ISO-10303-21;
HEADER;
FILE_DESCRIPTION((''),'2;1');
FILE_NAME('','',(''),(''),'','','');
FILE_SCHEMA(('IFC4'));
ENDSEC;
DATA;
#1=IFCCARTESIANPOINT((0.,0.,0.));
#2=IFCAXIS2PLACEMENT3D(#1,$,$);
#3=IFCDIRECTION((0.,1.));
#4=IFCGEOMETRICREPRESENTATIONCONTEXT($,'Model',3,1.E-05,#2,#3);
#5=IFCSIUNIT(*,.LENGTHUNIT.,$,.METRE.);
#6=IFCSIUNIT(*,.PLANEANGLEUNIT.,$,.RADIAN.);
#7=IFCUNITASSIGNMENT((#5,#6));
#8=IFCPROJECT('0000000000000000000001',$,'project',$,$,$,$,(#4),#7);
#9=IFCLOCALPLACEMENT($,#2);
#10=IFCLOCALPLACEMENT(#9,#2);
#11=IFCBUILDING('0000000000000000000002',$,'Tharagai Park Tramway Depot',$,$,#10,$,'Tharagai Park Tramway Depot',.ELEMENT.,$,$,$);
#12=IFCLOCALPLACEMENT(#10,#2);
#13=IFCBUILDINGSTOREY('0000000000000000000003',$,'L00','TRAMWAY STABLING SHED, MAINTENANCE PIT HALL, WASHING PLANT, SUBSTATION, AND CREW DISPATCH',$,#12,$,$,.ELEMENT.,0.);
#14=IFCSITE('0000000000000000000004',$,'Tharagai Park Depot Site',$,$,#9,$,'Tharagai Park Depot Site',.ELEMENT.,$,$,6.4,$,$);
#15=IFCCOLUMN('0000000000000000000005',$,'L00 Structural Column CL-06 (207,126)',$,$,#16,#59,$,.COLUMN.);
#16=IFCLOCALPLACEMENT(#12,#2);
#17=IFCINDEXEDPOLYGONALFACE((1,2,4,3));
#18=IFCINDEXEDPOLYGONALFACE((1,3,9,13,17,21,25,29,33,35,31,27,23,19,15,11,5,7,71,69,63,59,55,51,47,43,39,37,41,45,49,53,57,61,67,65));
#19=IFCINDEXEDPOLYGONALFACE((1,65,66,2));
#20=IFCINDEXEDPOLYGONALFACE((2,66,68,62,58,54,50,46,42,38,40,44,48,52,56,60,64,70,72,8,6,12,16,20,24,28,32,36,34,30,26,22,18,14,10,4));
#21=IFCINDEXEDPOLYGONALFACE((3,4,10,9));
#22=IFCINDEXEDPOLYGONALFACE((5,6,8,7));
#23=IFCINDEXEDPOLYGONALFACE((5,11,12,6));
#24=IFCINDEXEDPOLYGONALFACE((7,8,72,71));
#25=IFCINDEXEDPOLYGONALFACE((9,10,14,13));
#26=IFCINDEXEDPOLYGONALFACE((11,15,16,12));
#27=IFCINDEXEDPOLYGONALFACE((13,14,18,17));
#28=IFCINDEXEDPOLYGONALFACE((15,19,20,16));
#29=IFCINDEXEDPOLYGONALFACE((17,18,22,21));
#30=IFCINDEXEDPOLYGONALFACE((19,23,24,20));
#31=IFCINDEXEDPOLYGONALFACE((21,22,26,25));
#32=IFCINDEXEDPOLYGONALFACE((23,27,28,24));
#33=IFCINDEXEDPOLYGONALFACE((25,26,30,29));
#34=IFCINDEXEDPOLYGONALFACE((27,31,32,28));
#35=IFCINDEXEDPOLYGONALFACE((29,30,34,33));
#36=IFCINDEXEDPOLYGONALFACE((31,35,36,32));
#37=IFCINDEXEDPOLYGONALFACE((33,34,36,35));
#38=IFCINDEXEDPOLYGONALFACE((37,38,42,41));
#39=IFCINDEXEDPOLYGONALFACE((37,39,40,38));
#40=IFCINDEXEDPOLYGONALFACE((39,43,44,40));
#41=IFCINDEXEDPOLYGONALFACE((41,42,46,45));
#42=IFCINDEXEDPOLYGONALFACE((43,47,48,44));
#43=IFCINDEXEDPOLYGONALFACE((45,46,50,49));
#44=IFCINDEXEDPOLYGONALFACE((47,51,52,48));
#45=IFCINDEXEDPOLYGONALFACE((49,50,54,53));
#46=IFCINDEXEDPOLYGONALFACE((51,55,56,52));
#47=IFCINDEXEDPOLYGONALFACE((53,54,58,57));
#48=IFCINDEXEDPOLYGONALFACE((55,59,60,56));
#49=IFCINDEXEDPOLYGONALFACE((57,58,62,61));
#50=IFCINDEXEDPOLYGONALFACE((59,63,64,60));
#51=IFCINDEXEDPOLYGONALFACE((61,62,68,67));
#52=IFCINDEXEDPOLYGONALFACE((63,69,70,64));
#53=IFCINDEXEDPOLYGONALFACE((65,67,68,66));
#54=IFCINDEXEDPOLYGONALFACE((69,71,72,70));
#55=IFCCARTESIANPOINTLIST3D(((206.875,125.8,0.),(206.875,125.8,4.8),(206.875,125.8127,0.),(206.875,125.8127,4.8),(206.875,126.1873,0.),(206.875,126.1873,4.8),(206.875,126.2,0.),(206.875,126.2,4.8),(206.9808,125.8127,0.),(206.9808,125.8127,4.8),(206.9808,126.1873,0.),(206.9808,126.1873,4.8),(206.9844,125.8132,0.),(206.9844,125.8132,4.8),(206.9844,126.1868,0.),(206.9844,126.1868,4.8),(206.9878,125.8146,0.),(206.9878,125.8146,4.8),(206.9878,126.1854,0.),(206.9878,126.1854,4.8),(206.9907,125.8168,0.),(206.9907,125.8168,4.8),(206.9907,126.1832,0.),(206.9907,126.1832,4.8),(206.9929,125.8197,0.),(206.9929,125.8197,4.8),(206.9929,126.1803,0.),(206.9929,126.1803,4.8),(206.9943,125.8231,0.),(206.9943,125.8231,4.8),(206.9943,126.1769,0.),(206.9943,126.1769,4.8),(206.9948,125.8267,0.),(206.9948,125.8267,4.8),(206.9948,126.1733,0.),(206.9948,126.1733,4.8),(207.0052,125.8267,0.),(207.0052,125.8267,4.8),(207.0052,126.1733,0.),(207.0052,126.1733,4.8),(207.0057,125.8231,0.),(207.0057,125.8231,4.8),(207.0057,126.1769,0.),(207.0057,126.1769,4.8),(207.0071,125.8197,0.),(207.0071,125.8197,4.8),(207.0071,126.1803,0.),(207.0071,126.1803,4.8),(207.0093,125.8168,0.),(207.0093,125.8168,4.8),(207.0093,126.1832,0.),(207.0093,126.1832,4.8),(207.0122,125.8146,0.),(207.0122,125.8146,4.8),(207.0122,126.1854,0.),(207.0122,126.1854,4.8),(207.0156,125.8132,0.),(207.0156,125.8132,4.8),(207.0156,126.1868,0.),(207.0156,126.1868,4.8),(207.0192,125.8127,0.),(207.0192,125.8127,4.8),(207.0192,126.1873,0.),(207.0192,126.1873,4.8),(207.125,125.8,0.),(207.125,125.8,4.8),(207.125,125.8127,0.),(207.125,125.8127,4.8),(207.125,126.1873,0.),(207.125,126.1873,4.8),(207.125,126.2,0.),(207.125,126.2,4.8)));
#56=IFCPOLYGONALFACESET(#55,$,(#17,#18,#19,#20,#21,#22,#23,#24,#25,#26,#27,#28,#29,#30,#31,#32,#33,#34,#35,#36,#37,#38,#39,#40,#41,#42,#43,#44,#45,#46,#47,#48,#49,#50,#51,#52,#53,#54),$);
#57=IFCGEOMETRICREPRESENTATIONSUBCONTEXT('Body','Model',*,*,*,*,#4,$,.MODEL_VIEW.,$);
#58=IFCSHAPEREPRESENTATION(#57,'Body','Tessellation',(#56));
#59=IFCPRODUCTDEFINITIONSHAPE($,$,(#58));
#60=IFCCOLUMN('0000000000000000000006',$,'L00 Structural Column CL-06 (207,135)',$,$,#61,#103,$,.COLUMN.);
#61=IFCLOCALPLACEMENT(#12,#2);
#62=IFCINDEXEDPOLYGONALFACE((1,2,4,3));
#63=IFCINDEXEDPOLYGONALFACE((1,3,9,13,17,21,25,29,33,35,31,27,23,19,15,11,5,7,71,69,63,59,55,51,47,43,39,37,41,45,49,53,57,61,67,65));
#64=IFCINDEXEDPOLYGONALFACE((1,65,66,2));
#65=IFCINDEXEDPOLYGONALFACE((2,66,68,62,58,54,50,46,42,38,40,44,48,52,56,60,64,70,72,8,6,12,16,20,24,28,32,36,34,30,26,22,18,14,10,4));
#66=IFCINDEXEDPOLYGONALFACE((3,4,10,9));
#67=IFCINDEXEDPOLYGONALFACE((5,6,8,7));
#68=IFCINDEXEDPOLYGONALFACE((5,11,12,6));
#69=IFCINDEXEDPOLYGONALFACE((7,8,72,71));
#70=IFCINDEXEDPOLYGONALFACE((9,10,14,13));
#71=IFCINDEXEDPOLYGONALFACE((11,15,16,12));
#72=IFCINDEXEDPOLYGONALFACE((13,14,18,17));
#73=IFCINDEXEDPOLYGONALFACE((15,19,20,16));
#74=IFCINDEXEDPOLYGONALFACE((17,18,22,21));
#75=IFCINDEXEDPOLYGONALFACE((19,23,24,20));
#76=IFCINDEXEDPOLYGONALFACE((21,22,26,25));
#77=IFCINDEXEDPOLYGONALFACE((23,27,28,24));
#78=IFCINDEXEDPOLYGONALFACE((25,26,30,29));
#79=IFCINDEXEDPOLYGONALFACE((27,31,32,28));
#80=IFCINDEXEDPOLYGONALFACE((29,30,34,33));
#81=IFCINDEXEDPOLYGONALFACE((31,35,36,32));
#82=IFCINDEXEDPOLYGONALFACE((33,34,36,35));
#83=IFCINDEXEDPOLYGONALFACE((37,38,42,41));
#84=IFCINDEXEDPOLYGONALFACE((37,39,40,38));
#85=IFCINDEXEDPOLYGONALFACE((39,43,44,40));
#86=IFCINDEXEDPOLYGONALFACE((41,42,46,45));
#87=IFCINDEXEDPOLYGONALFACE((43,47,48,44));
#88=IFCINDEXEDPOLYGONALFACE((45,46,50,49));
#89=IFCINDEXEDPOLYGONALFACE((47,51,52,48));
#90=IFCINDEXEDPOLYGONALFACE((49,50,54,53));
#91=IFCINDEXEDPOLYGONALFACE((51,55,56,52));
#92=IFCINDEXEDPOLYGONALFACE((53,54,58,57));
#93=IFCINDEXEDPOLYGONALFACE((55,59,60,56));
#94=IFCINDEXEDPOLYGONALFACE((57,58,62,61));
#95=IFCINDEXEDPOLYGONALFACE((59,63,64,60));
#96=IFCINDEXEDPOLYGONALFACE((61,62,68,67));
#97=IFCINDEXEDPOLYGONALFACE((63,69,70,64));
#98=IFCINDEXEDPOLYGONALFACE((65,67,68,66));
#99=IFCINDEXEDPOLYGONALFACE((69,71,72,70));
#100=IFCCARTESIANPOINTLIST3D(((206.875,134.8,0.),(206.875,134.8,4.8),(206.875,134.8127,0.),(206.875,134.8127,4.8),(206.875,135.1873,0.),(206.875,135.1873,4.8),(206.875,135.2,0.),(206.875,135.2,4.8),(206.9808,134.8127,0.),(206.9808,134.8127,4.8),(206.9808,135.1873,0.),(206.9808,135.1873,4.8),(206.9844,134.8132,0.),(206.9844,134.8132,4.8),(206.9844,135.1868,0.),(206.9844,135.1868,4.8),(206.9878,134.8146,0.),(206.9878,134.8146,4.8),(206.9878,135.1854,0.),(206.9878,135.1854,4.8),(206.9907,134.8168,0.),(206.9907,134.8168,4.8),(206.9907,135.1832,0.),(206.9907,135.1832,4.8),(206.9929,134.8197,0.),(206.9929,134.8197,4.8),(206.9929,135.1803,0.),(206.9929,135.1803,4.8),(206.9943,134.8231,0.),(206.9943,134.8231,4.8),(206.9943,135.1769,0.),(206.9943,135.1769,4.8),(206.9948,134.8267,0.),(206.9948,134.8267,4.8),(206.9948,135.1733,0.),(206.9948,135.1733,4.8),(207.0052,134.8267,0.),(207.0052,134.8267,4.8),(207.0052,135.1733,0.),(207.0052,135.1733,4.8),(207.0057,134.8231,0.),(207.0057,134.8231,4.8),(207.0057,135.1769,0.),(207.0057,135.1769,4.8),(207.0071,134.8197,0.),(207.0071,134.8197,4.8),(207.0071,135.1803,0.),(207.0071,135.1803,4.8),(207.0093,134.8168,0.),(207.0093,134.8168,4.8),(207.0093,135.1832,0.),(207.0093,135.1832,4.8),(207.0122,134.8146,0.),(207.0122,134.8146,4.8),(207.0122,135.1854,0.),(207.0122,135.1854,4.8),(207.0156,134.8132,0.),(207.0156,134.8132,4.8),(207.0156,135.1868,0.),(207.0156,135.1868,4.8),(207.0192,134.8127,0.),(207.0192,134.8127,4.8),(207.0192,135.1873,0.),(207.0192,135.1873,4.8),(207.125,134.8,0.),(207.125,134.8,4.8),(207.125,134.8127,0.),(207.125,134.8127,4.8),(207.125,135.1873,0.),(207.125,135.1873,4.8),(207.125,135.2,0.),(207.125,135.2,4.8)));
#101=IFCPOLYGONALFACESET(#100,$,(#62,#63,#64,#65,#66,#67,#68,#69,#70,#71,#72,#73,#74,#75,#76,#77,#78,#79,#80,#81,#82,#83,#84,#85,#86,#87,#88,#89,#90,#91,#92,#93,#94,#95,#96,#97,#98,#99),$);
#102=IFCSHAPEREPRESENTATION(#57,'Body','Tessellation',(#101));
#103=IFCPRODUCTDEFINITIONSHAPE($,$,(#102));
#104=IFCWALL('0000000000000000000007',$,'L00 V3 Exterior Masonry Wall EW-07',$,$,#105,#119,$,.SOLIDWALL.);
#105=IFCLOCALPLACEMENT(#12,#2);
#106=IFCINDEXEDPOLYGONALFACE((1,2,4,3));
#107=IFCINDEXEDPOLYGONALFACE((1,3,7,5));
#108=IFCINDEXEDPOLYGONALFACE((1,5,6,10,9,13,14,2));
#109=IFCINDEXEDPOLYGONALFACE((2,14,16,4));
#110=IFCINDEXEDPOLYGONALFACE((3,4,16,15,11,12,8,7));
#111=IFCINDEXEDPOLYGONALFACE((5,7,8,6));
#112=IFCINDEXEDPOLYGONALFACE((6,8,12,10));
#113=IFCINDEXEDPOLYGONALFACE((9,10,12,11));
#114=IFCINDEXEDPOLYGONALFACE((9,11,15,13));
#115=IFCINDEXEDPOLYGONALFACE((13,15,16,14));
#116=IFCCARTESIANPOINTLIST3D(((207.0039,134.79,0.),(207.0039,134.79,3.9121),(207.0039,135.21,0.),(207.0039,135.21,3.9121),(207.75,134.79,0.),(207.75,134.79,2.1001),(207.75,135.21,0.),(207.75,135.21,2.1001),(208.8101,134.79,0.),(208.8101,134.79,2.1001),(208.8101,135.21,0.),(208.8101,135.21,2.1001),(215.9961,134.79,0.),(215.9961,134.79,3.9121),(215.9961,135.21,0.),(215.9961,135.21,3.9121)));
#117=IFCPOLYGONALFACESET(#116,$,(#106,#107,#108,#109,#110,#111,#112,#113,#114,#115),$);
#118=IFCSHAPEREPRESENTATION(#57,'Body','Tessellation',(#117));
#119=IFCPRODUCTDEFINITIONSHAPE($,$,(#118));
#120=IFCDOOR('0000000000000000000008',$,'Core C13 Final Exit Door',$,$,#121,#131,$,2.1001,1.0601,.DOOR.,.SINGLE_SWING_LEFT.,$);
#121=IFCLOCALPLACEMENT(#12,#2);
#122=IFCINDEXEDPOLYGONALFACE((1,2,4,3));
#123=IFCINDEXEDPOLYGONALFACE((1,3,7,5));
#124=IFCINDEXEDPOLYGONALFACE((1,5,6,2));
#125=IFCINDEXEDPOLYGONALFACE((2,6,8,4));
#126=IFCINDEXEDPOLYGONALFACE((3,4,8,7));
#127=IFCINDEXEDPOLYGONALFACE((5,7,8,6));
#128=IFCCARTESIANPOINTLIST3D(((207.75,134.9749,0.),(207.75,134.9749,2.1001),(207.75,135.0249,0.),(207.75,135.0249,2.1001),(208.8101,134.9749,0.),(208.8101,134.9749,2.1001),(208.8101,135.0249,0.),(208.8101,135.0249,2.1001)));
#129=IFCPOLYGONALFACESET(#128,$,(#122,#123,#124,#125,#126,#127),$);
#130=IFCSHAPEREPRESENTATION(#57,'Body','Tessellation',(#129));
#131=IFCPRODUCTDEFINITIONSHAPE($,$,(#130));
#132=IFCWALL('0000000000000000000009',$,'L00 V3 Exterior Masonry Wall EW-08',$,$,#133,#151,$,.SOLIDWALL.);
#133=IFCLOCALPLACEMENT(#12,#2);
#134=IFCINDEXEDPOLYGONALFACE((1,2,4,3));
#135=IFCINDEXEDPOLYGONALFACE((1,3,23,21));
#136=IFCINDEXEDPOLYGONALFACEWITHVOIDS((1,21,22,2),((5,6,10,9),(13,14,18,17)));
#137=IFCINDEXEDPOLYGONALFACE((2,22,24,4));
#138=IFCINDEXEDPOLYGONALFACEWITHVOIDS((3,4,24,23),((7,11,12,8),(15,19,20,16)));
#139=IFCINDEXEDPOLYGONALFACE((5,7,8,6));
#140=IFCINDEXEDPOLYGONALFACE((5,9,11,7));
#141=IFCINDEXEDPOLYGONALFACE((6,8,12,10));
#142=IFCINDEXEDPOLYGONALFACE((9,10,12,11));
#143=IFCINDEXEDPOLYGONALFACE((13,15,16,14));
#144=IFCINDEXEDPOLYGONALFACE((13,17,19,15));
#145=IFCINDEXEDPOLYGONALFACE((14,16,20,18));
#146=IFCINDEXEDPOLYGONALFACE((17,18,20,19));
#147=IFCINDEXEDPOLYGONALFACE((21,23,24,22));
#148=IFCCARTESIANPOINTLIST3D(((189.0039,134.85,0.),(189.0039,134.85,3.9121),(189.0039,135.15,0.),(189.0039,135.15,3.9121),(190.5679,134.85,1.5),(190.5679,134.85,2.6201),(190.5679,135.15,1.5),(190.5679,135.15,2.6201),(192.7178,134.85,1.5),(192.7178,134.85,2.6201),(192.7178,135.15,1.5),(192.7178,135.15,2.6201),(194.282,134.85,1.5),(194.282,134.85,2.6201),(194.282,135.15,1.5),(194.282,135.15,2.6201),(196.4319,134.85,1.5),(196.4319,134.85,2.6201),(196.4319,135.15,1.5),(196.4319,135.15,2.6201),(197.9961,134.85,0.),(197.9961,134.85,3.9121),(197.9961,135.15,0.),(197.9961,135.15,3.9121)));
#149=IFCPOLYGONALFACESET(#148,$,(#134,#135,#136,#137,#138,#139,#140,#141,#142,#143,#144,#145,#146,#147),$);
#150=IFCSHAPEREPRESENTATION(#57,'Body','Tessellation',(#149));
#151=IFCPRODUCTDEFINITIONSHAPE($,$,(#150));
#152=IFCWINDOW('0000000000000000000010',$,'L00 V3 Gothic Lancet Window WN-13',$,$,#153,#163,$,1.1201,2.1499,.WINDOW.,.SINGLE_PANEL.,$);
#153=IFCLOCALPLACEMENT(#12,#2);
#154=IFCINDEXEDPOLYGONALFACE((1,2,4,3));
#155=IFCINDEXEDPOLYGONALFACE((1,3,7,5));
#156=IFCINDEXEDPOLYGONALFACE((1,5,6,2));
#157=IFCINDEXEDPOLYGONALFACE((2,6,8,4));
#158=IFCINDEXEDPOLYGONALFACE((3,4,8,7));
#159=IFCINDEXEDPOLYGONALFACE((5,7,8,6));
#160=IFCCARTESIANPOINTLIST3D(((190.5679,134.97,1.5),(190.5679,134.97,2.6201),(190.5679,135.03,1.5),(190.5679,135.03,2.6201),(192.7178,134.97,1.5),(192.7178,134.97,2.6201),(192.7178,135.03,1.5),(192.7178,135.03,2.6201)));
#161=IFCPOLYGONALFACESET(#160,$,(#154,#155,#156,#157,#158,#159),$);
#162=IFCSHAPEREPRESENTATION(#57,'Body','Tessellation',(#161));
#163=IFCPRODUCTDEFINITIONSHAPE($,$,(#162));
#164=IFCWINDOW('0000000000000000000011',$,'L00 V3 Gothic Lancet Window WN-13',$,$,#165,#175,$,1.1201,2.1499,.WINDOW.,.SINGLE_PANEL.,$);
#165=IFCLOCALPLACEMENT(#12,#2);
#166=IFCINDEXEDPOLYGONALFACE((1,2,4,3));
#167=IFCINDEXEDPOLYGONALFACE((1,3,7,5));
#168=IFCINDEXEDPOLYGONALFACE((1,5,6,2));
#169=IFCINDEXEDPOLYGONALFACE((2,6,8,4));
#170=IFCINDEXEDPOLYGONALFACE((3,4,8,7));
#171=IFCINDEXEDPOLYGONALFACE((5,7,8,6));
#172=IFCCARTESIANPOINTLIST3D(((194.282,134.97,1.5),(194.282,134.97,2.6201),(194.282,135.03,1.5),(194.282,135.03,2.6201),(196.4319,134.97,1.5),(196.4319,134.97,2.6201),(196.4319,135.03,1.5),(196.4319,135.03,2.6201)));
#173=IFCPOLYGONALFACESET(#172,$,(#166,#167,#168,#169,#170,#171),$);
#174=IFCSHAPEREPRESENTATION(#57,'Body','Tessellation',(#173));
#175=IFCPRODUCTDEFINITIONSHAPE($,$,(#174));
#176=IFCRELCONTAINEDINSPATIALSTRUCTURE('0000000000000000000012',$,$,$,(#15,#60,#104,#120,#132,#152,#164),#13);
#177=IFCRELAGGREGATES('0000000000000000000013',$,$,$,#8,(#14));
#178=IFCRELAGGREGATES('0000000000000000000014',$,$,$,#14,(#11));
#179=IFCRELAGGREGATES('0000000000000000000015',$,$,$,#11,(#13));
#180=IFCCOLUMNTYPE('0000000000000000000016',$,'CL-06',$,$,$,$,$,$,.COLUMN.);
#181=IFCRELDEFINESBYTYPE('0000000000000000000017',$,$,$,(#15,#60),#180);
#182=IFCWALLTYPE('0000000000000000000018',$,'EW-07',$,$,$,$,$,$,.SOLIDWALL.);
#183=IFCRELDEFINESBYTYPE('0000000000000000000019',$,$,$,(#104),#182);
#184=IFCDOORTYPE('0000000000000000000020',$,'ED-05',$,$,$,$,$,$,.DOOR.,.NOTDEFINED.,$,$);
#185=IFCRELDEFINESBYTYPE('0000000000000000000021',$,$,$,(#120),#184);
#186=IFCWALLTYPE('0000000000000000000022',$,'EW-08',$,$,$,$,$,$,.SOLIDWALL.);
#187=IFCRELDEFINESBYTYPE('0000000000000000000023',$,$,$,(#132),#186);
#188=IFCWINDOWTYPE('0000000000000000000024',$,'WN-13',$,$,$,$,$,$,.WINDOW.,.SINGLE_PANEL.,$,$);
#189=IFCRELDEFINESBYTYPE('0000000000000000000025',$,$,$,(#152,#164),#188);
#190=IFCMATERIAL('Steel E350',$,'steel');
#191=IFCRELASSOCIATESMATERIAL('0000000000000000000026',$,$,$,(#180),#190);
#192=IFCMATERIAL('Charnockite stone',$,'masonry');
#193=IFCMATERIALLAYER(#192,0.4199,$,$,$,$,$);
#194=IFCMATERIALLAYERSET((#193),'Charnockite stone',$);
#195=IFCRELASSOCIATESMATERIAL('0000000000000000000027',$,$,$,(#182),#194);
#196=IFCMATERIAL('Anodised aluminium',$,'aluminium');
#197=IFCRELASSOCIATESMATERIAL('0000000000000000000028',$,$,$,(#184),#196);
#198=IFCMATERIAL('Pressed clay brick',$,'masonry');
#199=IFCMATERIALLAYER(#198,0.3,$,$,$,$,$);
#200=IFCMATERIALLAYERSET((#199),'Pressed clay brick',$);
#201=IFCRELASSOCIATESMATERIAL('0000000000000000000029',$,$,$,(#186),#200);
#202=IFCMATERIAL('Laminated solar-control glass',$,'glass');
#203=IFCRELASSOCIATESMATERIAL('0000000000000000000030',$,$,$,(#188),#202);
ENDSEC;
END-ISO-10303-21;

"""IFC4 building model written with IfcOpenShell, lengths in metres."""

from ifc_helpers import new_model, si_unit, direction, frame, frame_2d, origin, origin_2d, place, context, subcontext, project, spatial, rectangle, i_section, extrude, material, layer, layer_set, material_profile, profile_set, type_object, element, fill, save


model = new_model("IFC4")

# Units and contexts
model_context = context("Model", 3, precision=1e-05, world=origin(), true_north=direction((0.0, 1.0)))
body_context = subcontext(model_context, "Body", "Model", "MODEL_VIEW")
ifc_project = project(units=[si_unit("LENGTHUNIT", "METRE"), si_unit("PLANEANGLEUNIT", "RADIAN")], contexts=[model_context])

# Site, building, storey
site_placement = place(None, origin())
site = spatial("IfcSite", under=ifc_project, at=site_placement, Name="Tharagai Park Depot Site", LongName="Tharagai Park Depot Site", CompositionType="ELEMENT", RefElevation=6.4)
building_placement = place(site_placement, origin())
building = spatial("IfcBuilding", under=site, at=building_placement, Name="Tharagai Park Tramway Depot", LongName="Tharagai Park Tramway Depot", CompositionType="ELEMENT")
storey_placement = place(building_placement, origin())
storey = spatial("IfcBuildingStorey", under=building, at=storey_placement, Name="L00", Description="TRAMWAY STABLING SHED, MAINTENANCE PIT HALL, WASHING PLANT, SUBSTATION, AND CREW DISPATCH", CompositionType="ELEMENT", Elevation=0.0)

# Columns
ifc_material_1 = material(Name="Steel E350", Category="steel")
ifc_material_profile_1 = material_profile(ifc_material_1, i_section(OverallWidth=0.25, OverallDepth=0.3999, WebThickness=0.0105, FlangeThickness=0.0127, FilletRadius=0.0139, at=origin_2d()), Name="ISHB 400")
ifc_profile_set_1 = profile_set([ifc_material_profile_1], Name="Steel E350")
column_type = type_object("IfcColumnType", Name="CL-06", PredefinedType="COLUMN", material=ifc_profile_set_1)
for number, where, z_axis, x_axis, name in (
    (1, (207.0, 126.0, 0.0), (0.0, 0.0, 1.0), (1.0, 0.0, 0.0), "L00 Structural Column CL-06 (207,126)"),
    (2, (207.0, 135.0, 0.0), (0.0, 0.0, 1.0), (1.0, 0.0, 0.0), "L00 Structural Column CL-06 (207,135)"),
):
    element("IfcColumn", number, at=place(storey_placement, frame(where, z_axis=z_axis, x_axis=x_axis)), inside=storey, type_object=column_type, Name=name, PredefinedType="COLUMN", context=body_context, shape_type="SweptSolid", body=[
        extrude(i_section(OverallWidth=0.25, OverallDepth=0.3999, WebThickness=0.0105, FlangeThickness=0.0127, FilletRadius=0.0139, at=origin_2d()), origin(), (0.0, 0.0, 1.0), 4.8),
    ])

# Wall, opening, door
ifc_material_2 = material(Name="Charnockite stone", Category="masonry")
ifc_layer_1 = layer(ifc_material_2, 0.4199)
ifc_layer_set_1 = layer_set([ifc_layer_1], Name="Charnockite stone")
wall_type_1 = type_object("IfcWallType", Name="EW-07", PredefinedType="SOLIDWALL", material=ifc_layer_set_1)
wall_1_placement = place(storey_placement, frame((207.0039, 135.0, 0.0), z_axis=(0.0, 0.0, 1.0), x_axis=(1.0, 0.0, 0.0)))
wall_1 = element("IfcWall", 3, at=wall_1_placement, inside=storey, type_object=wall_type_1, Name="L00 V3 Exterior Masonry Wall EW-07", PredefinedType="SOLIDWALL", context=body_context, shape_type="SweptSolid", body=[
    extrude(rectangle(XDim=8.9922, YDim=0.4199, at=frame_2d((4.4961, 0.0))), origin(), (0.0, 0.0, 1.0), 3.9121),
])
opening_1_placement = place(wall_1_placement, frame((0.7461, 0.0, 0.0)))
opening_1 = element("IfcOpeningElement", 4, at=opening_1_placement, cuts=wall_1, PredefinedType="OPENING", context=body_context, shape_type="SweptSolid", body=[
    extrude(rectangle(XDim=1.0601, YDim=2.1001, at=frame_2d((0.53, 1.05))), frame((0.0, 0.22, 0.0), z_axis=(0.0, -1.0, 0.0), x_axis=(1.0, 0.0, 0.0)), (0.0, 0.0, 1.0), 0.4399),
])
ifc_material_3 = material(Name="Anodised aluminium", Category="aluminium")
door_type_1 = type_object("IfcDoorType", Name="ED-05", OperationType="NOTDEFINED", PredefinedType="DOOR", material=ifc_material_3)
door_1_placement = place(opening_1_placement, origin())
door_1 = element("IfcDoor", 5, at=door_1_placement, inside=storey, type_object=door_type_1, Name="Core C13 Final Exit Door", OperationType="SINGLE_SWING_LEFT", OverallHeight=2.1001, OverallWidth=1.0601, PredefinedType="DOOR", context=body_context, shape_type="SweptSolid", body=[
    extrude(rectangle(XDim=1.0601, YDim=2.1001, at=frame_2d((0.53, 1.05))), frame((0.0, 0.0249, 0.0), z_axis=(0.0, -1.0, 0.0), x_axis=(1.0, 0.0, 0.0)), (0.0, 0.0, 1.0), 0.05),
])
fill(opening_1, door_1)

# Wall, openings, windows
ifc_material_4 = material(Name="Pressed clay brick", Category="masonry")
ifc_layer_2 = layer(ifc_material_4, 0.3)
ifc_layer_set_2 = layer_set([ifc_layer_2], Name="Pressed clay brick")
wall_type_2 = type_object("IfcWallType", Name="EW-08", PredefinedType="SOLIDWALL", material=ifc_layer_set_2)
wall_2_placement = place(storey_placement, frame((189.0039, 135.0, 0.0), z_axis=(0.0, 0.0, 1.0), x_axis=(1.0, 0.0, 0.0)))
wall_2 = element("IfcWall", 6, at=wall_2_placement, inside=storey, type_object=wall_type_2, Name="L00 V3 Exterior Masonry Wall EW-08", PredefinedType="SOLIDWALL", context=body_context, shape_type="SweptSolid", body=[
    extrude(rectangle(XDim=8.9922, YDim=0.3, at=frame_2d((4.4961, 0.0))), origin(), (0.0, 0.0, 1.0), 3.9121),
])
opening_2_placement = place(wall_2_placement, frame((1.564, 0.0, 1.5)))
opening_2 = element("IfcOpeningElement", 7, at=opening_2_placement, cuts=wall_2, PredefinedType="OPENING", context=body_context, shape_type="SweptSolid", body=[
    extrude(rectangle(XDim=2.1499, YDim=1.1201, at=frame_2d((1.075, 0.5601))), frame((0.0, 0.1599, 0.0), z_axis=(0.0, -1.0, 0.0), x_axis=(1.0, 0.0, 0.0)), (0.0, 0.0, 1.0), 0.3201),
])
opening_3_placement = place(wall_2_placement, frame((5.2781, 0.0, 1.5)))
opening_3 = element("IfcOpeningElement", 8, at=opening_3_placement, cuts=wall_2, PredefinedType="OPENING", context=body_context, shape_type="SweptSolid", body=[
    extrude(rectangle(XDim=2.1499, YDim=1.1201, at=frame_2d((1.075, 0.5601))), frame((0.0, 0.1599, 0.0), z_axis=(0.0, -1.0, 0.0), x_axis=(1.0, 0.0, 0.0)), (0.0, 0.0, 1.0), 0.3201),
])
ifc_material_5 = material(Name="Laminated solar-control glass", Category="glass")
window_type_1 = type_object("IfcWindowType", Name="WN-13", PartitioningType="SINGLE_PANEL", PredefinedType="WINDOW", material=ifc_material_5)
window_1_placement = place(opening_2_placement, origin())
window_1 = element("IfcWindow", 9, at=window_1_placement, inside=storey, type_object=window_type_1, Name="L00 V3 Gothic Lancet Window WN-13", OverallHeight=1.1201, OverallWidth=2.1499, PartitioningType="SINGLE_PANEL", PredefinedType="WINDOW", context=body_context, shape_type="SweptSolid", body=[
    extrude(rectangle(XDim=2.1499, YDim=1.1201, at=frame_2d((1.075, 0.5601))), frame((0.0, 0.03, 0.0), z_axis=(0.0, -1.0, 0.0), x_axis=(1.0, 0.0, 0.0)), (0.0, 0.0, 1.0), 0.0601),
])
fill(opening_2, window_1)
window_2_placement = place(opening_3_placement, origin())
window_2 = element("IfcWindow", 10, at=window_2_placement, inside=storey, type_object=window_type_1, Name="L00 V3 Gothic Lancet Window WN-13", OverallHeight=1.1201, OverallWidth=2.1499, PartitioningType="SINGLE_PANEL", PredefinedType="WINDOW", context=body_context, shape_type="SweptSolid", body=[
    extrude(rectangle(XDim=2.1499, YDim=1.1201, at=frame_2d((1.075, 0.5601))), frame((0.0, 0.03, 0.0), z_axis=(0.0, -1.0, 0.0), x_axis=(1.0, 0.0, 0.0)), (0.0, 0.0, 1.0), 0.0601),
])
fill(opening_3, window_2)

save(model, "model.ifc")
